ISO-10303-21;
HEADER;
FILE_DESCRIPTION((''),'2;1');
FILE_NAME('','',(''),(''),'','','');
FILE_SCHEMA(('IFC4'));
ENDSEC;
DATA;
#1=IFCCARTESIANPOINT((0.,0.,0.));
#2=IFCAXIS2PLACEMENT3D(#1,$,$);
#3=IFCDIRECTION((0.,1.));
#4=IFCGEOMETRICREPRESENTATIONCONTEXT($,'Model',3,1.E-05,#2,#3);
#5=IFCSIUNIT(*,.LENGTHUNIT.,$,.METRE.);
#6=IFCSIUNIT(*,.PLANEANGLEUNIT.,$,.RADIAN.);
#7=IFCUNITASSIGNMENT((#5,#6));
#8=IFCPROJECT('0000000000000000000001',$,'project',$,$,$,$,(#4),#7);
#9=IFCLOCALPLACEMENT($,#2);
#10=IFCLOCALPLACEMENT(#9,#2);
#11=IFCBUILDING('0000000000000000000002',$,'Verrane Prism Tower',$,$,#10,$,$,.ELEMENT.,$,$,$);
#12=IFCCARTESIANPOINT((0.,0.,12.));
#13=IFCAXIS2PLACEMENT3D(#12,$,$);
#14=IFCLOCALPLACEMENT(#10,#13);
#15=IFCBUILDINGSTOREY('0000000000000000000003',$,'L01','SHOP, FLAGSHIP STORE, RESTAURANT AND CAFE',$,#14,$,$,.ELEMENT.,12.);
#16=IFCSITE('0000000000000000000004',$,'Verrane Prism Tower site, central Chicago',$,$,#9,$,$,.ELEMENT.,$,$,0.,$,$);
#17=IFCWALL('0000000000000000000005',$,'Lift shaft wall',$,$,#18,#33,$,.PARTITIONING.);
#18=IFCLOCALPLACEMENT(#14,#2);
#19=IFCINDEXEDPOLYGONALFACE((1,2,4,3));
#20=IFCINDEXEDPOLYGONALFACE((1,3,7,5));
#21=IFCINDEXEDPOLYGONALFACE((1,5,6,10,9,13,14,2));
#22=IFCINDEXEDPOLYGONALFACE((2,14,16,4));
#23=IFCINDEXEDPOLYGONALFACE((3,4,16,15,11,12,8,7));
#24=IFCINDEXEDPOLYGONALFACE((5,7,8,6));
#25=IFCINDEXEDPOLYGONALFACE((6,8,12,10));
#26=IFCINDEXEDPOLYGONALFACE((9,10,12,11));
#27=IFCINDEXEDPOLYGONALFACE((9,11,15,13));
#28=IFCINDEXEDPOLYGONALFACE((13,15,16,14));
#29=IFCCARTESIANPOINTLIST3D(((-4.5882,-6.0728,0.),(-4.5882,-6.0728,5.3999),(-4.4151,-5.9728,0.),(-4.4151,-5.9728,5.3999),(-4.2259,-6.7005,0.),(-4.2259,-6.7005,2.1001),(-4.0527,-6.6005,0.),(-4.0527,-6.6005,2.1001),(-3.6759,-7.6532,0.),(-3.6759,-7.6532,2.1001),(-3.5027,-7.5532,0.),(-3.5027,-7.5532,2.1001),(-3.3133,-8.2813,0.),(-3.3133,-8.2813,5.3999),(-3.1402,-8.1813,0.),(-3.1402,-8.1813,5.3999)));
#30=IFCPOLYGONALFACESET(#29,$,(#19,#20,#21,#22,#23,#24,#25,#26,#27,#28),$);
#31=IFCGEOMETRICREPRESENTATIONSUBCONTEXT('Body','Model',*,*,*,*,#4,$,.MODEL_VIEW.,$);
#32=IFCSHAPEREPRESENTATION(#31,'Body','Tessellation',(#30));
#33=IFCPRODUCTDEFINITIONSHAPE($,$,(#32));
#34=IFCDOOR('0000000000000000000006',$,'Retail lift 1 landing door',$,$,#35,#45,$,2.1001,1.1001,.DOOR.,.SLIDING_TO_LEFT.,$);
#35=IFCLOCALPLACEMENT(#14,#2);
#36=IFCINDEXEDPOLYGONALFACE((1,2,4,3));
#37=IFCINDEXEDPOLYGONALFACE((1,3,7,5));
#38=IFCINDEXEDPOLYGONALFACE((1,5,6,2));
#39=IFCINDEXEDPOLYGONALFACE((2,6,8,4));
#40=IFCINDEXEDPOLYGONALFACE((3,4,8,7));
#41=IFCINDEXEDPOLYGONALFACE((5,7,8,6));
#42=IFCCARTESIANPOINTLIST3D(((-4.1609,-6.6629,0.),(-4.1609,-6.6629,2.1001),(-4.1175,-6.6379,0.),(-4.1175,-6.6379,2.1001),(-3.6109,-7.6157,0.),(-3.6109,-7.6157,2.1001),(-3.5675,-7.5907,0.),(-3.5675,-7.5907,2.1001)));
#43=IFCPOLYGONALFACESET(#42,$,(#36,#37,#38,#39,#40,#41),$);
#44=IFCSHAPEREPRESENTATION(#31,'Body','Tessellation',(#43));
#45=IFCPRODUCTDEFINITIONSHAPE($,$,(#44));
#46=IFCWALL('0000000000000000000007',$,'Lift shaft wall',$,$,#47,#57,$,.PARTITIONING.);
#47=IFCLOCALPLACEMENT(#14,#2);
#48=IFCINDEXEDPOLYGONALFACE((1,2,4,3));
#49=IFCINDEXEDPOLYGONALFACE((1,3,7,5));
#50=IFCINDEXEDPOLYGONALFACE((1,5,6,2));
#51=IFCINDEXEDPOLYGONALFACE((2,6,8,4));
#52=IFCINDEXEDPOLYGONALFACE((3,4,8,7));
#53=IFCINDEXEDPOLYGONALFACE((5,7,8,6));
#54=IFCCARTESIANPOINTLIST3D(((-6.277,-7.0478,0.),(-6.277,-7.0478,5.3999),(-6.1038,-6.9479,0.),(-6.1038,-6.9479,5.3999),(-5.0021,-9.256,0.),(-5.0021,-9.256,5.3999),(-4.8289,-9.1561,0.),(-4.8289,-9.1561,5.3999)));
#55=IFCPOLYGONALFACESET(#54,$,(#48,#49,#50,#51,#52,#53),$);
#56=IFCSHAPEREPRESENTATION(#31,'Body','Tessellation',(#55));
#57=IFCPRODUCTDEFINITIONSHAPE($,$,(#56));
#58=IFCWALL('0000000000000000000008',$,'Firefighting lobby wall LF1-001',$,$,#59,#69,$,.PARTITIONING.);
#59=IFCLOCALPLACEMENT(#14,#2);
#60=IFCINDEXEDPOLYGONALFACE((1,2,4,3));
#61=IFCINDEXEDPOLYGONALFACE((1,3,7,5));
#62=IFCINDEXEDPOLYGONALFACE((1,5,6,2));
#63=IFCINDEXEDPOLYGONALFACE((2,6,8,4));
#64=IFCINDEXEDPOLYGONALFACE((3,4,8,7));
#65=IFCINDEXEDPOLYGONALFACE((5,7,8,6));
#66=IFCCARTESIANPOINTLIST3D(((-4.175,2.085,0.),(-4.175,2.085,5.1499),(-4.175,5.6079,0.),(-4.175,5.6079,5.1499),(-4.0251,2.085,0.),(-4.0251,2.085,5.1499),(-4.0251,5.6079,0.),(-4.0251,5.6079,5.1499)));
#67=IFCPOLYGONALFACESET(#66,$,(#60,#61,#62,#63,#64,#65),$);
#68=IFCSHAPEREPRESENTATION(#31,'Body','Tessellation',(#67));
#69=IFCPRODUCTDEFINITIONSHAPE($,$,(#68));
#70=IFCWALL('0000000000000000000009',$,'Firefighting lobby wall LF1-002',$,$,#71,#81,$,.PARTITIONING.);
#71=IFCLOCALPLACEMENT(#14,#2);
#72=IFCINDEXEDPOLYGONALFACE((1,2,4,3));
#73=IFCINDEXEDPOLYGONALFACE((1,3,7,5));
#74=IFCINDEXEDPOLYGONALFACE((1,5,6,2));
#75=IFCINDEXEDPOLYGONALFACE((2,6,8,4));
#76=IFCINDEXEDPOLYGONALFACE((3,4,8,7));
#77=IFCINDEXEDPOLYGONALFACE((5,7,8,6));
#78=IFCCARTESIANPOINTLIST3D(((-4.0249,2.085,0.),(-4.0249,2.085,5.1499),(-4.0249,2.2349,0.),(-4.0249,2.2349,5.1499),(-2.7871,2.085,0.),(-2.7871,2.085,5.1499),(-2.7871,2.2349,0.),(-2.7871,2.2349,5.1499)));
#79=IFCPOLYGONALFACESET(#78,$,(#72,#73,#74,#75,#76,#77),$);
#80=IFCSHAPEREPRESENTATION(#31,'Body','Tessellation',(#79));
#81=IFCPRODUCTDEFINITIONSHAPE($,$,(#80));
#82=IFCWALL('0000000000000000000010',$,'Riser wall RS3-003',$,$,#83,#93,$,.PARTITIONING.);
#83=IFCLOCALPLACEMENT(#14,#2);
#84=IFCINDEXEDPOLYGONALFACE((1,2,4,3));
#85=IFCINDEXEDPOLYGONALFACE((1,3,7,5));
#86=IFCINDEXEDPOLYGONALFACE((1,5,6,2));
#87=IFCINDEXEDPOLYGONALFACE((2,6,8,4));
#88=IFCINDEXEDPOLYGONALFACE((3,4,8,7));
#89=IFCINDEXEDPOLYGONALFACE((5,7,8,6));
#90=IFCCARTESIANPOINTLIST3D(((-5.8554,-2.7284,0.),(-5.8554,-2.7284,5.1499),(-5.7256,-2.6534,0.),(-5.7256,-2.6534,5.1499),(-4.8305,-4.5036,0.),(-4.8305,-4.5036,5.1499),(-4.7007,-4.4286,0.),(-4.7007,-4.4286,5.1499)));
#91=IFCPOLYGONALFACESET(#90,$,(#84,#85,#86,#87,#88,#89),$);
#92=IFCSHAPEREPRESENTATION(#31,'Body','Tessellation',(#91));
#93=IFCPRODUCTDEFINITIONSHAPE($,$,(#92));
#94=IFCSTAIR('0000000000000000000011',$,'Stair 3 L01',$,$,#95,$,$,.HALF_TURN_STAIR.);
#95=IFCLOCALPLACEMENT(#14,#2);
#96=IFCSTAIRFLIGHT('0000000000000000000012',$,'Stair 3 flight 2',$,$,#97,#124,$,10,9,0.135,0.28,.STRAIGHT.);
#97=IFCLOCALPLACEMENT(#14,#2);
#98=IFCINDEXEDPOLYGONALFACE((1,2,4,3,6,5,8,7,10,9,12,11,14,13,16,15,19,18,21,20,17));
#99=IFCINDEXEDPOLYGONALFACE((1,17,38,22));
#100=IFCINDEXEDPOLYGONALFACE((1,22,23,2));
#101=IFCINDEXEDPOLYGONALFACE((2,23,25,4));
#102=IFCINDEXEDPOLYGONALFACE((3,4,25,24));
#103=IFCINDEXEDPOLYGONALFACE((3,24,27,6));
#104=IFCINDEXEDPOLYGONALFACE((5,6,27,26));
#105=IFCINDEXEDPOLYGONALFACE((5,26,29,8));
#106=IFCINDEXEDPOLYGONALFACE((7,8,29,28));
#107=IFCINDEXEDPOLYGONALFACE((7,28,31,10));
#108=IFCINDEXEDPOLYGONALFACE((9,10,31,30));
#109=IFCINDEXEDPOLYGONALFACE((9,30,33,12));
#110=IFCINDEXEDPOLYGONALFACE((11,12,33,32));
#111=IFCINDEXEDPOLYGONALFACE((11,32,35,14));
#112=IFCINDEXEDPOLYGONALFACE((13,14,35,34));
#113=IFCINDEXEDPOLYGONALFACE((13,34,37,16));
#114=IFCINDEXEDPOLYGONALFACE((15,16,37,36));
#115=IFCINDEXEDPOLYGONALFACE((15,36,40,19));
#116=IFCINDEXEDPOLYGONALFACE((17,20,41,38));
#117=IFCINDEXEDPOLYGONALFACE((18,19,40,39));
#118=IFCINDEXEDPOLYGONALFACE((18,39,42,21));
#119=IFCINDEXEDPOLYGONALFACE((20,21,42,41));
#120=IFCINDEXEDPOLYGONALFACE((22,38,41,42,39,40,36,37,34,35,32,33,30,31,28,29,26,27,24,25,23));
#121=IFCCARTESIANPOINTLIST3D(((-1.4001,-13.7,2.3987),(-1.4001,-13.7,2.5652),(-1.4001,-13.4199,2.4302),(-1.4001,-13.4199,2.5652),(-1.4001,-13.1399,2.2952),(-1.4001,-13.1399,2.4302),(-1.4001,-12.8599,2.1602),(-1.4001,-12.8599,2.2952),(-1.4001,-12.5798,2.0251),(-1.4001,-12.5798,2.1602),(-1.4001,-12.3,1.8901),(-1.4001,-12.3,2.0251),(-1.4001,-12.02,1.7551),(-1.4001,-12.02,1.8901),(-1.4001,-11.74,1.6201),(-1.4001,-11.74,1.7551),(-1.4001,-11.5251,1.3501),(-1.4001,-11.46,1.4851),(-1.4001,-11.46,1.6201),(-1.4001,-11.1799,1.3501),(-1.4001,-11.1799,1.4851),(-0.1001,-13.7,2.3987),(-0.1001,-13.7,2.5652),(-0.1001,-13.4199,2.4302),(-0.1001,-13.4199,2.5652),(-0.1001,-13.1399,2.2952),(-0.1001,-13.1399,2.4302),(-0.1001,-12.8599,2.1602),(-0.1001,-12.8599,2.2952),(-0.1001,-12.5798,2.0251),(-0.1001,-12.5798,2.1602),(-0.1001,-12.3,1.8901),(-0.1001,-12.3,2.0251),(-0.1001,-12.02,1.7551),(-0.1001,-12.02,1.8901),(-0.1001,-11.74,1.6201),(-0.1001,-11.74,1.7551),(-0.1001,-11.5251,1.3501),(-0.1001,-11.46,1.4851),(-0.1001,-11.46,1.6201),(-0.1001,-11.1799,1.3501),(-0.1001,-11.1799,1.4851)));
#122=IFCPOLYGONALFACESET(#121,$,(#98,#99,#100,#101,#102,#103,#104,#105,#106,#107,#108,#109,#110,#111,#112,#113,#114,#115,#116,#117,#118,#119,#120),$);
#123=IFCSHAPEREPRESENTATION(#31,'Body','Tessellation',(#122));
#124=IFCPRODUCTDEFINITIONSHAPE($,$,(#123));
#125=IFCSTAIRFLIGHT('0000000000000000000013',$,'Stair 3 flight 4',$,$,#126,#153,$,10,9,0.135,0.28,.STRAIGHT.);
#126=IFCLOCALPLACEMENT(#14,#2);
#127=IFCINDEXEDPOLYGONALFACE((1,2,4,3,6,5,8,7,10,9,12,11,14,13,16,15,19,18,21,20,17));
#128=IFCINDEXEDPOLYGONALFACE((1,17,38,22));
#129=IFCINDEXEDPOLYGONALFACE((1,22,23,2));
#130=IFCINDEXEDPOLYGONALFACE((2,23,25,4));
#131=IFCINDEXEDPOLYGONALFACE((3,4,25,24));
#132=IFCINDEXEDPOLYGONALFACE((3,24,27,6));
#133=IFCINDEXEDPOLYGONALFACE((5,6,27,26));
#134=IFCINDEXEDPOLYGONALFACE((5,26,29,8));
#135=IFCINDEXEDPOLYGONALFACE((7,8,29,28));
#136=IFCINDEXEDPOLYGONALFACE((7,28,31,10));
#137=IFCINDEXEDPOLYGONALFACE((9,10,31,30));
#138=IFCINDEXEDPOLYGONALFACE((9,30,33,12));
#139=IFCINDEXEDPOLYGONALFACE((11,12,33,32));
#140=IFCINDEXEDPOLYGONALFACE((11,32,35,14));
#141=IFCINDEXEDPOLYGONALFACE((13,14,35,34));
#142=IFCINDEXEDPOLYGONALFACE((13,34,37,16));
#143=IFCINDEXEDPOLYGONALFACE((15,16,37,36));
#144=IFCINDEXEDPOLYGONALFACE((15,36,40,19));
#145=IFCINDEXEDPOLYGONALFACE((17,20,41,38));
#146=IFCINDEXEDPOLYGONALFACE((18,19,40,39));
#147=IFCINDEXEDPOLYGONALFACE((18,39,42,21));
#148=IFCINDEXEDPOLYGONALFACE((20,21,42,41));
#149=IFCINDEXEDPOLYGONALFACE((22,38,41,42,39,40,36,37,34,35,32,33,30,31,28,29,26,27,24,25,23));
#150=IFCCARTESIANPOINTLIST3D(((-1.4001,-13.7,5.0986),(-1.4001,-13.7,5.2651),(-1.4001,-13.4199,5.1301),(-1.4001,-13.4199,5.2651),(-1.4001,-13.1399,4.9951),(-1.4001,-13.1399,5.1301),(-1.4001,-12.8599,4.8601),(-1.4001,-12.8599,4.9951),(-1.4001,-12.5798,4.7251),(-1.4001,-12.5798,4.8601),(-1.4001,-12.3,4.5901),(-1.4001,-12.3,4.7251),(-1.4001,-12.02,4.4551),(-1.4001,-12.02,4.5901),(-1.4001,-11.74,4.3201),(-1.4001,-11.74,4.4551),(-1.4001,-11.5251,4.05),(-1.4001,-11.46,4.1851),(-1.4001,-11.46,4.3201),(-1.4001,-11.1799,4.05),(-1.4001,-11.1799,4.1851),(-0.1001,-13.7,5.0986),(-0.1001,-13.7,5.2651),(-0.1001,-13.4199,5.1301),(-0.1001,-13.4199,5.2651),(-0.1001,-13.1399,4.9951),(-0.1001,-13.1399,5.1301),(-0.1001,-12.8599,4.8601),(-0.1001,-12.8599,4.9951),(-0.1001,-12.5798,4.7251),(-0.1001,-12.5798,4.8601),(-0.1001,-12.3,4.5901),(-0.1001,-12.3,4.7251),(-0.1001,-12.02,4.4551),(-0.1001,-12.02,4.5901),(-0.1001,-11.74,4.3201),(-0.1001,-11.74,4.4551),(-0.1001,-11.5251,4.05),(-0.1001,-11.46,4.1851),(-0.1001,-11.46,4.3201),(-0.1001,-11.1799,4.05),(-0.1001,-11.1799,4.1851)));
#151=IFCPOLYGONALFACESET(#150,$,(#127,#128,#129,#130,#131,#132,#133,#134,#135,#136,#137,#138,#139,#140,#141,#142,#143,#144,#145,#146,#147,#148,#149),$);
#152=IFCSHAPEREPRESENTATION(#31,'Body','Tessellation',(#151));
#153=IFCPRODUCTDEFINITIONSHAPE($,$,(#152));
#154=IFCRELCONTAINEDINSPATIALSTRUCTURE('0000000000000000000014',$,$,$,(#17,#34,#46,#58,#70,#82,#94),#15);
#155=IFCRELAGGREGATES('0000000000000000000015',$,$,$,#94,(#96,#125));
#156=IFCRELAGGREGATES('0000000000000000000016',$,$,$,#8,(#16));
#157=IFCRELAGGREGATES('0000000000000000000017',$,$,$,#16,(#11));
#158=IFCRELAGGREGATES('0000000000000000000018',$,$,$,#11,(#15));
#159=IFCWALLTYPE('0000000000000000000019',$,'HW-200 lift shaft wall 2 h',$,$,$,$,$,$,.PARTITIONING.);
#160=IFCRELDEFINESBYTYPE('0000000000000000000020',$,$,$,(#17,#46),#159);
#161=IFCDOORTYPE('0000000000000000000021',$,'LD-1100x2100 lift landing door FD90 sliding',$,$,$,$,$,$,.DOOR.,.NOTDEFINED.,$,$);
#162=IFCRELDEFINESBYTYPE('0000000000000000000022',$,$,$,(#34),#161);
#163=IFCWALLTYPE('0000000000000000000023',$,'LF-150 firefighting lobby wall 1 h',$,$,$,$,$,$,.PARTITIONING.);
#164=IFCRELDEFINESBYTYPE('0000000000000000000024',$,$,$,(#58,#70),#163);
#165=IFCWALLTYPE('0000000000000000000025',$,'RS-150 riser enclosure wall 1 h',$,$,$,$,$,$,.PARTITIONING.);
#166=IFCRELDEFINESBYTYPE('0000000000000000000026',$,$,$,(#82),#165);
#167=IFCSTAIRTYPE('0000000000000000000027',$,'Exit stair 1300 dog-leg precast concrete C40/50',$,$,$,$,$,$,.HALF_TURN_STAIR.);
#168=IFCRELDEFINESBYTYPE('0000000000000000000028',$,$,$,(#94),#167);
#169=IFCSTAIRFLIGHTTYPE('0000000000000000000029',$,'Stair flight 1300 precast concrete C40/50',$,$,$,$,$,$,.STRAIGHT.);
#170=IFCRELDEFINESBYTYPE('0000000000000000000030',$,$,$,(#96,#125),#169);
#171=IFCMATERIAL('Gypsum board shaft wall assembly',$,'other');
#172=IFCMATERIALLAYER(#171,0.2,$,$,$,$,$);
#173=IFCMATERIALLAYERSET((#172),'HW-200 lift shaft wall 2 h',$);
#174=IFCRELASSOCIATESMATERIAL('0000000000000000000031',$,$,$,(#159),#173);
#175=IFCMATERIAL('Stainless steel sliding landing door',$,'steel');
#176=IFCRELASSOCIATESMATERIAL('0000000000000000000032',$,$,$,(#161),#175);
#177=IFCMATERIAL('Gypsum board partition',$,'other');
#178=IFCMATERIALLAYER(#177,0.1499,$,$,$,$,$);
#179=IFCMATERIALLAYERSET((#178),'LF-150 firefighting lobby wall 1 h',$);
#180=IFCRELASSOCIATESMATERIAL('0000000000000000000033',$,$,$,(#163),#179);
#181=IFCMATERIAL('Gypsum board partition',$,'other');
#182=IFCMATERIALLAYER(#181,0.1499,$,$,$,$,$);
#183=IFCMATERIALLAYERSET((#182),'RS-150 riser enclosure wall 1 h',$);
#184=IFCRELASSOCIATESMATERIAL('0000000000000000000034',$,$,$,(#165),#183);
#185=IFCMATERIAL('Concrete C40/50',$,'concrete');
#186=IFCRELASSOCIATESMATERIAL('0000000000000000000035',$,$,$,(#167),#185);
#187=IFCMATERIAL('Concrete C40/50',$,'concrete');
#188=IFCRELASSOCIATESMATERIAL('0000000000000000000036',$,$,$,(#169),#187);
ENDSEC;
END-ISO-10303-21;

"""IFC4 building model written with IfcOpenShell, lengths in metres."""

from ifc_helpers import new_model, si_unit, direction, frame, frame_2d, origin, place, context, subcontext, project, spatial, polyline, rectangle, outline, extrude, material, layer, layer_set, type_object, element, fill, aggregate, save


model = new_model("IFC4")

# Units and contexts
model_context = context("Model", 3, precision=1e-05, world=origin(), true_north=direction((0.0, 1.0)))
body_context = subcontext(model_context, "Body", "Model", "MODEL_VIEW")
ifc_project = project(units=[si_unit("LENGTHUNIT", "METRE"), si_unit("PLANEANGLEUNIT", "RADIAN")], contexts=[model_context])

# Site, building, storey
site_placement = place(None, origin())
site = spatial("IfcSite", under=ifc_project, at=site_placement, Name="Verrane Prism Tower site, central Chicago", CompositionType="ELEMENT", RefElevation=0.0)
building_placement = place(site_placement, origin())
building = spatial("IfcBuilding", under=site, at=building_placement, Name="Verrane Prism Tower", CompositionType="ELEMENT")
storey_placement = place(building_placement, frame((0.0, 0.0, 12.0)))
storey = spatial("IfcBuildingStorey", under=building, at=storey_placement, Name="L01", Description="SHOP, FLAGSHIP STORE, RESTAURANT AND CAFE", CompositionType="ELEMENT", Elevation=12.0)

# Shared definitions
ifc_material_1 = material(Name="Gypsum board shaft wall assembly", Category="other")
ifc_layer_1 = layer(ifc_material_1, 0.2)
ifc_layer_set_1 = layer_set([ifc_layer_1], Name="HW-200 lift shaft wall 2 h")
wall_type_1 = type_object("IfcWallType", Name="HW-200 lift shaft wall 2 h", PredefinedType="PARTITIONING", material=ifc_layer_set_1)

# Shared definitions
ifc_material_2 = material(Name="Stainless steel sliding landing door", Category="steel")
door_type = type_object("IfcDoorType", Name="LD-1100x2100 lift landing door FD90 sliding", OperationType="NOTDEFINED", PredefinedType="DOOR", material=ifc_material_2)

# Wall, opening, door
wall_1_placement = place(storey_placement, frame((-3.2268, -8.2312, 0.0), z_axis=(0.0, 0.0, 1.0), x_axis=(-0.499949, 0.866055, 0.0)))
wall_1 = element("IfcWall", 1, at=wall_1_placement, inside=storey, type_object=wall_type_1, Name="Lift shaft wall", PredefinedType="PARTITIONING", context=body_context, shape_type="SweptSolid", body=[
    extrude(rectangle(XDim=2.55, YDim=0.2, at=frame_2d((1.2749, 0.0))), origin(), (0.0, 0.0, 1.0), 5.3999),
])
opening_1_placement = place(wall_1_placement, frame((0.7251, 0.0, 0.0)))
opening_1 = element("IfcOpeningElement", 2, at=opening_1_placement, cuts=wall_1, PredefinedType="OPENING", context=body_context, shape_type="SweptSolid", body=[
    extrude(rectangle(XDim=1.1001, YDim=2.1001, at=frame_2d((0.55, 1.05))), frame((0.0, 0.1099, 0.0), z_axis=(0.0, -1.0, 0.0), x_axis=(1.0, 0.0, 0.0)), (0.0, 0.0, 1.0), 0.22),
])
door_1_placement = place(opening_1_placement, origin())
door_1 = element("IfcDoor", 3, at=door_1_placement, inside=storey, type_object=door_type, Name="Retail lift 1 landing door", OperationType="SLIDING_TO_LEFT", OverallHeight=2.1001, OverallWidth=1.1001, PredefinedType="DOOR", context=body_context, shape_type="SweptSolid", body=[
    extrude(rectangle(XDim=1.1001, YDim=2.1001, at=frame_2d((0.55, 1.05))), frame((0.0, 0.0249, 0.0), z_axis=(0.0, -1.0, 0.0), x_axis=(1.0, 0.0, 0.0)), (0.0, 0.0, 1.0), 0.05),
])
fill(opening_1, door_1)

# Walls
wall_2_placement = place(storey_placement, frame((-4.9155, -9.2061, 0.0), z_axis=(0.0, 0.0, 1.0), x_axis=(-0.49999, 0.866031, 0.0)))
element("IfcWall", 4, at=wall_2_placement, inside=storey, type_object=wall_type_1, Name="Lift shaft wall", PredefinedType="PARTITIONING", context=body_context, shape_type="SweptSolid", body=[
    extrude(rectangle(XDim=2.5498, YDim=0.2, at=frame_2d((1.2749, 0.0))), origin(), (0.0, 0.0, 1.0), 5.3999),
])
ifc_material_3 = material(Name="Gypsum board partition", Category="other")
ifc_layer_2 = layer(ifc_material_3, 0.1499)
ifc_layer_set_2 = layer_set([ifc_layer_2], Name="LF-150 firefighting lobby wall 1 h")
wall_type_2 = type_object("IfcWallType", Name="LF-150 firefighting lobby wall 1 h", PredefinedType="PARTITIONING", material=ifc_layer_set_2)
wall_3_placement = place(storey_placement, frame((-4.1001, 2.085, 0.0), z_axis=(0.0, 0.0, 1.0), x_axis=(0.0, 1.0, 0.0)))
element("IfcWall", 5, at=wall_3_placement, inside=storey, type_object=wall_type_2, Name="Firefighting lobby wall LF1-001", PredefinedType="PARTITIONING", context=body_context, shape_type="SweptSolid", body=[
    extrude(rectangle(XDim=3.5229, YDim=0.1499, at=frame_2d((1.7615, 0.0))), origin(), (0.0, 0.0, 1.0), 5.1499),
])
wall_4_placement = place(storey_placement, frame((-4.0249, 2.1599, 0.0), z_axis=(0.0, 0.0, 1.0), x_axis=(1.0, 0.0, 0.0)))
element("IfcWall", 6, at=wall_4_placement, inside=storey, type_object=wall_type_2, Name="Firefighting lobby wall LF1-002", PredefinedType="PARTITIONING", context=body_context, shape_type="SweptSolid", body=[
    extrude(rectangle(XDim=1.2378, YDim=0.1499, at=frame_2d((0.6189, 0.0))), origin(), (0.0, 0.0, 1.0), 5.1499),
])
ifc_material_4 = material(Name="Gypsum board partition", Category="other")
ifc_layer_3 = layer(ifc_material_4, 0.1499)
ifc_layer_set_3 = layer_set([ifc_layer_3], Name="RS-150 riser enclosure wall 1 h")
wall_type_3 = type_object("IfcWallType", Name="RS-150 riser enclosure wall 1 h", PredefinedType="PARTITIONING", material=ifc_layer_set_3)
wall_5_placement = place(storey_placement, frame((-5.7905, -2.6909, 0.0), z_axis=(0.0, 0.0, 1.0), x_axis=(0.500008, -0.866021, 0.0)))
element("IfcWall", 7, at=wall_5_placement, inside=storey, type_object=wall_type_3, Name="Riser wall RS3-003", PredefinedType="PARTITIONING", context=body_context, shape_type="SweptSolid", body=[
    extrude(rectangle(XDim=2.0498, YDim=0.1499, at=frame_2d((1.0249, 0.0))), origin(), (0.0, 0.0, 1.0), 5.1499),
])

# Stair, stair flights
ifc_material_5 = material(Name="Concrete C40/50", Category="concrete")
stair_type = type_object("IfcStairType", Name="Exit stair 1300 dog-leg precast concrete C40/50", PredefinedType="HALF_TURN_STAIR", material=ifc_material_5)
stair_placement = place(storey_placement, origin())
stair = element("IfcStair", 8, at=stair_placement, inside=storey, type_object=stair_type, Name="Stair 3 L01", PredefinedType="HALF_TURN_STAIR")
ifc_material_6 = material(Name="Concrete C40/50", Category="concrete")
stair_flight_type = type_object("IfcStairFlightType", Name="Stair flight 1300 precast concrete C40/50", PredefinedType="STRAIGHT", material=ifc_material_6)
stair_flight_1_placement = place(storey_placement, frame((-0.75, -11.1799, 1.3501), z_axis=(0.0, 0.0, 1.0), x_axis=(0.0, -1.0, 0.0)))
stair_flight_1 = element("IfcStairFlight", 9, at=stair_flight_1_placement, type_object=stair_flight_type, Name="Stair 3 flight 2", NumberOfRisers=10, NumberOfTreads=9, PredefinedType="STRAIGHT", RiserHeight=0.135, TreadLength=0.28, context=body_context, shape_type="SweptSolid", body=[
    extrude(outline(polyline([(0.0, 0.0), (0.0, 0.135), (0.28, 0.135), (0.28, 0.27), (0.5601, 0.27), (0.5601, 0.405), (0.8401, 0.405), (0.8401, 0.54), (1.1201, 0.54), (1.1201, 0.675), (1.3999, 0.675), (1.3999, 0.8101), (1.6799, 0.8101), (1.6799, 0.9451), (1.96, 0.9451), (1.96, 1.0801), (2.24, 1.0801), (2.24, 1.2151), (2.52, 1.2151), (2.52, 1.3501), (2.52, 1.0486), (0.3452, 0.0), (0.0, 0.0)])), frame((0.0, 0.6499, 0.0), z_axis=(0.0, -1.0, 0.0), x_axis=(1.0, 0.0, 0.0)), (0.0, 0.0, 1.0), 1.3),
])
stair_flight_2_placement = place(storey_placement, frame((-0.75, -11.1799, 4.05), z_axis=(0.0, 0.0, 1.0), x_axis=(0.0, -1.0, 0.0)))
stair_flight_2 = element("IfcStairFlight", 10, at=stair_flight_2_placement, type_object=stair_flight_type, Name="Stair 3 flight 4", NumberOfRisers=10, NumberOfTreads=9, PredefinedType="STRAIGHT", RiserHeight=0.135, TreadLength=0.28, context=body_context, shape_type="SweptSolid", body=[
    extrude(outline(polyline([(0.0, 0.0), (0.0, 0.135), (0.28, 0.135), (0.28, 0.27), (0.5601, 0.27), (0.5601, 0.405), (0.8401, 0.405), (0.8401, 0.54), (1.1201, 0.54), (1.1201, 0.675), (1.3999, 0.675), (1.3999, 0.8101), (1.6799, 0.8101), (1.6799, 0.9451), (1.96, 0.9451), (1.96, 1.0801), (2.24, 1.0801), (2.24, 1.2151), (2.52, 1.2151), (2.52, 1.3501), (2.52, 1.0486), (0.3452, 0.0), (0.0, 0.0)])), frame((0.0, 0.6499, 0.0), z_axis=(0.0, -1.0, 0.0), x_axis=(1.0, 0.0, 0.0)), (0.0, 0.0, 1.0), 1.3),
])
aggregate(stair, [stair_flight_1, stair_flight_2])

save(model, "model.ifc")
